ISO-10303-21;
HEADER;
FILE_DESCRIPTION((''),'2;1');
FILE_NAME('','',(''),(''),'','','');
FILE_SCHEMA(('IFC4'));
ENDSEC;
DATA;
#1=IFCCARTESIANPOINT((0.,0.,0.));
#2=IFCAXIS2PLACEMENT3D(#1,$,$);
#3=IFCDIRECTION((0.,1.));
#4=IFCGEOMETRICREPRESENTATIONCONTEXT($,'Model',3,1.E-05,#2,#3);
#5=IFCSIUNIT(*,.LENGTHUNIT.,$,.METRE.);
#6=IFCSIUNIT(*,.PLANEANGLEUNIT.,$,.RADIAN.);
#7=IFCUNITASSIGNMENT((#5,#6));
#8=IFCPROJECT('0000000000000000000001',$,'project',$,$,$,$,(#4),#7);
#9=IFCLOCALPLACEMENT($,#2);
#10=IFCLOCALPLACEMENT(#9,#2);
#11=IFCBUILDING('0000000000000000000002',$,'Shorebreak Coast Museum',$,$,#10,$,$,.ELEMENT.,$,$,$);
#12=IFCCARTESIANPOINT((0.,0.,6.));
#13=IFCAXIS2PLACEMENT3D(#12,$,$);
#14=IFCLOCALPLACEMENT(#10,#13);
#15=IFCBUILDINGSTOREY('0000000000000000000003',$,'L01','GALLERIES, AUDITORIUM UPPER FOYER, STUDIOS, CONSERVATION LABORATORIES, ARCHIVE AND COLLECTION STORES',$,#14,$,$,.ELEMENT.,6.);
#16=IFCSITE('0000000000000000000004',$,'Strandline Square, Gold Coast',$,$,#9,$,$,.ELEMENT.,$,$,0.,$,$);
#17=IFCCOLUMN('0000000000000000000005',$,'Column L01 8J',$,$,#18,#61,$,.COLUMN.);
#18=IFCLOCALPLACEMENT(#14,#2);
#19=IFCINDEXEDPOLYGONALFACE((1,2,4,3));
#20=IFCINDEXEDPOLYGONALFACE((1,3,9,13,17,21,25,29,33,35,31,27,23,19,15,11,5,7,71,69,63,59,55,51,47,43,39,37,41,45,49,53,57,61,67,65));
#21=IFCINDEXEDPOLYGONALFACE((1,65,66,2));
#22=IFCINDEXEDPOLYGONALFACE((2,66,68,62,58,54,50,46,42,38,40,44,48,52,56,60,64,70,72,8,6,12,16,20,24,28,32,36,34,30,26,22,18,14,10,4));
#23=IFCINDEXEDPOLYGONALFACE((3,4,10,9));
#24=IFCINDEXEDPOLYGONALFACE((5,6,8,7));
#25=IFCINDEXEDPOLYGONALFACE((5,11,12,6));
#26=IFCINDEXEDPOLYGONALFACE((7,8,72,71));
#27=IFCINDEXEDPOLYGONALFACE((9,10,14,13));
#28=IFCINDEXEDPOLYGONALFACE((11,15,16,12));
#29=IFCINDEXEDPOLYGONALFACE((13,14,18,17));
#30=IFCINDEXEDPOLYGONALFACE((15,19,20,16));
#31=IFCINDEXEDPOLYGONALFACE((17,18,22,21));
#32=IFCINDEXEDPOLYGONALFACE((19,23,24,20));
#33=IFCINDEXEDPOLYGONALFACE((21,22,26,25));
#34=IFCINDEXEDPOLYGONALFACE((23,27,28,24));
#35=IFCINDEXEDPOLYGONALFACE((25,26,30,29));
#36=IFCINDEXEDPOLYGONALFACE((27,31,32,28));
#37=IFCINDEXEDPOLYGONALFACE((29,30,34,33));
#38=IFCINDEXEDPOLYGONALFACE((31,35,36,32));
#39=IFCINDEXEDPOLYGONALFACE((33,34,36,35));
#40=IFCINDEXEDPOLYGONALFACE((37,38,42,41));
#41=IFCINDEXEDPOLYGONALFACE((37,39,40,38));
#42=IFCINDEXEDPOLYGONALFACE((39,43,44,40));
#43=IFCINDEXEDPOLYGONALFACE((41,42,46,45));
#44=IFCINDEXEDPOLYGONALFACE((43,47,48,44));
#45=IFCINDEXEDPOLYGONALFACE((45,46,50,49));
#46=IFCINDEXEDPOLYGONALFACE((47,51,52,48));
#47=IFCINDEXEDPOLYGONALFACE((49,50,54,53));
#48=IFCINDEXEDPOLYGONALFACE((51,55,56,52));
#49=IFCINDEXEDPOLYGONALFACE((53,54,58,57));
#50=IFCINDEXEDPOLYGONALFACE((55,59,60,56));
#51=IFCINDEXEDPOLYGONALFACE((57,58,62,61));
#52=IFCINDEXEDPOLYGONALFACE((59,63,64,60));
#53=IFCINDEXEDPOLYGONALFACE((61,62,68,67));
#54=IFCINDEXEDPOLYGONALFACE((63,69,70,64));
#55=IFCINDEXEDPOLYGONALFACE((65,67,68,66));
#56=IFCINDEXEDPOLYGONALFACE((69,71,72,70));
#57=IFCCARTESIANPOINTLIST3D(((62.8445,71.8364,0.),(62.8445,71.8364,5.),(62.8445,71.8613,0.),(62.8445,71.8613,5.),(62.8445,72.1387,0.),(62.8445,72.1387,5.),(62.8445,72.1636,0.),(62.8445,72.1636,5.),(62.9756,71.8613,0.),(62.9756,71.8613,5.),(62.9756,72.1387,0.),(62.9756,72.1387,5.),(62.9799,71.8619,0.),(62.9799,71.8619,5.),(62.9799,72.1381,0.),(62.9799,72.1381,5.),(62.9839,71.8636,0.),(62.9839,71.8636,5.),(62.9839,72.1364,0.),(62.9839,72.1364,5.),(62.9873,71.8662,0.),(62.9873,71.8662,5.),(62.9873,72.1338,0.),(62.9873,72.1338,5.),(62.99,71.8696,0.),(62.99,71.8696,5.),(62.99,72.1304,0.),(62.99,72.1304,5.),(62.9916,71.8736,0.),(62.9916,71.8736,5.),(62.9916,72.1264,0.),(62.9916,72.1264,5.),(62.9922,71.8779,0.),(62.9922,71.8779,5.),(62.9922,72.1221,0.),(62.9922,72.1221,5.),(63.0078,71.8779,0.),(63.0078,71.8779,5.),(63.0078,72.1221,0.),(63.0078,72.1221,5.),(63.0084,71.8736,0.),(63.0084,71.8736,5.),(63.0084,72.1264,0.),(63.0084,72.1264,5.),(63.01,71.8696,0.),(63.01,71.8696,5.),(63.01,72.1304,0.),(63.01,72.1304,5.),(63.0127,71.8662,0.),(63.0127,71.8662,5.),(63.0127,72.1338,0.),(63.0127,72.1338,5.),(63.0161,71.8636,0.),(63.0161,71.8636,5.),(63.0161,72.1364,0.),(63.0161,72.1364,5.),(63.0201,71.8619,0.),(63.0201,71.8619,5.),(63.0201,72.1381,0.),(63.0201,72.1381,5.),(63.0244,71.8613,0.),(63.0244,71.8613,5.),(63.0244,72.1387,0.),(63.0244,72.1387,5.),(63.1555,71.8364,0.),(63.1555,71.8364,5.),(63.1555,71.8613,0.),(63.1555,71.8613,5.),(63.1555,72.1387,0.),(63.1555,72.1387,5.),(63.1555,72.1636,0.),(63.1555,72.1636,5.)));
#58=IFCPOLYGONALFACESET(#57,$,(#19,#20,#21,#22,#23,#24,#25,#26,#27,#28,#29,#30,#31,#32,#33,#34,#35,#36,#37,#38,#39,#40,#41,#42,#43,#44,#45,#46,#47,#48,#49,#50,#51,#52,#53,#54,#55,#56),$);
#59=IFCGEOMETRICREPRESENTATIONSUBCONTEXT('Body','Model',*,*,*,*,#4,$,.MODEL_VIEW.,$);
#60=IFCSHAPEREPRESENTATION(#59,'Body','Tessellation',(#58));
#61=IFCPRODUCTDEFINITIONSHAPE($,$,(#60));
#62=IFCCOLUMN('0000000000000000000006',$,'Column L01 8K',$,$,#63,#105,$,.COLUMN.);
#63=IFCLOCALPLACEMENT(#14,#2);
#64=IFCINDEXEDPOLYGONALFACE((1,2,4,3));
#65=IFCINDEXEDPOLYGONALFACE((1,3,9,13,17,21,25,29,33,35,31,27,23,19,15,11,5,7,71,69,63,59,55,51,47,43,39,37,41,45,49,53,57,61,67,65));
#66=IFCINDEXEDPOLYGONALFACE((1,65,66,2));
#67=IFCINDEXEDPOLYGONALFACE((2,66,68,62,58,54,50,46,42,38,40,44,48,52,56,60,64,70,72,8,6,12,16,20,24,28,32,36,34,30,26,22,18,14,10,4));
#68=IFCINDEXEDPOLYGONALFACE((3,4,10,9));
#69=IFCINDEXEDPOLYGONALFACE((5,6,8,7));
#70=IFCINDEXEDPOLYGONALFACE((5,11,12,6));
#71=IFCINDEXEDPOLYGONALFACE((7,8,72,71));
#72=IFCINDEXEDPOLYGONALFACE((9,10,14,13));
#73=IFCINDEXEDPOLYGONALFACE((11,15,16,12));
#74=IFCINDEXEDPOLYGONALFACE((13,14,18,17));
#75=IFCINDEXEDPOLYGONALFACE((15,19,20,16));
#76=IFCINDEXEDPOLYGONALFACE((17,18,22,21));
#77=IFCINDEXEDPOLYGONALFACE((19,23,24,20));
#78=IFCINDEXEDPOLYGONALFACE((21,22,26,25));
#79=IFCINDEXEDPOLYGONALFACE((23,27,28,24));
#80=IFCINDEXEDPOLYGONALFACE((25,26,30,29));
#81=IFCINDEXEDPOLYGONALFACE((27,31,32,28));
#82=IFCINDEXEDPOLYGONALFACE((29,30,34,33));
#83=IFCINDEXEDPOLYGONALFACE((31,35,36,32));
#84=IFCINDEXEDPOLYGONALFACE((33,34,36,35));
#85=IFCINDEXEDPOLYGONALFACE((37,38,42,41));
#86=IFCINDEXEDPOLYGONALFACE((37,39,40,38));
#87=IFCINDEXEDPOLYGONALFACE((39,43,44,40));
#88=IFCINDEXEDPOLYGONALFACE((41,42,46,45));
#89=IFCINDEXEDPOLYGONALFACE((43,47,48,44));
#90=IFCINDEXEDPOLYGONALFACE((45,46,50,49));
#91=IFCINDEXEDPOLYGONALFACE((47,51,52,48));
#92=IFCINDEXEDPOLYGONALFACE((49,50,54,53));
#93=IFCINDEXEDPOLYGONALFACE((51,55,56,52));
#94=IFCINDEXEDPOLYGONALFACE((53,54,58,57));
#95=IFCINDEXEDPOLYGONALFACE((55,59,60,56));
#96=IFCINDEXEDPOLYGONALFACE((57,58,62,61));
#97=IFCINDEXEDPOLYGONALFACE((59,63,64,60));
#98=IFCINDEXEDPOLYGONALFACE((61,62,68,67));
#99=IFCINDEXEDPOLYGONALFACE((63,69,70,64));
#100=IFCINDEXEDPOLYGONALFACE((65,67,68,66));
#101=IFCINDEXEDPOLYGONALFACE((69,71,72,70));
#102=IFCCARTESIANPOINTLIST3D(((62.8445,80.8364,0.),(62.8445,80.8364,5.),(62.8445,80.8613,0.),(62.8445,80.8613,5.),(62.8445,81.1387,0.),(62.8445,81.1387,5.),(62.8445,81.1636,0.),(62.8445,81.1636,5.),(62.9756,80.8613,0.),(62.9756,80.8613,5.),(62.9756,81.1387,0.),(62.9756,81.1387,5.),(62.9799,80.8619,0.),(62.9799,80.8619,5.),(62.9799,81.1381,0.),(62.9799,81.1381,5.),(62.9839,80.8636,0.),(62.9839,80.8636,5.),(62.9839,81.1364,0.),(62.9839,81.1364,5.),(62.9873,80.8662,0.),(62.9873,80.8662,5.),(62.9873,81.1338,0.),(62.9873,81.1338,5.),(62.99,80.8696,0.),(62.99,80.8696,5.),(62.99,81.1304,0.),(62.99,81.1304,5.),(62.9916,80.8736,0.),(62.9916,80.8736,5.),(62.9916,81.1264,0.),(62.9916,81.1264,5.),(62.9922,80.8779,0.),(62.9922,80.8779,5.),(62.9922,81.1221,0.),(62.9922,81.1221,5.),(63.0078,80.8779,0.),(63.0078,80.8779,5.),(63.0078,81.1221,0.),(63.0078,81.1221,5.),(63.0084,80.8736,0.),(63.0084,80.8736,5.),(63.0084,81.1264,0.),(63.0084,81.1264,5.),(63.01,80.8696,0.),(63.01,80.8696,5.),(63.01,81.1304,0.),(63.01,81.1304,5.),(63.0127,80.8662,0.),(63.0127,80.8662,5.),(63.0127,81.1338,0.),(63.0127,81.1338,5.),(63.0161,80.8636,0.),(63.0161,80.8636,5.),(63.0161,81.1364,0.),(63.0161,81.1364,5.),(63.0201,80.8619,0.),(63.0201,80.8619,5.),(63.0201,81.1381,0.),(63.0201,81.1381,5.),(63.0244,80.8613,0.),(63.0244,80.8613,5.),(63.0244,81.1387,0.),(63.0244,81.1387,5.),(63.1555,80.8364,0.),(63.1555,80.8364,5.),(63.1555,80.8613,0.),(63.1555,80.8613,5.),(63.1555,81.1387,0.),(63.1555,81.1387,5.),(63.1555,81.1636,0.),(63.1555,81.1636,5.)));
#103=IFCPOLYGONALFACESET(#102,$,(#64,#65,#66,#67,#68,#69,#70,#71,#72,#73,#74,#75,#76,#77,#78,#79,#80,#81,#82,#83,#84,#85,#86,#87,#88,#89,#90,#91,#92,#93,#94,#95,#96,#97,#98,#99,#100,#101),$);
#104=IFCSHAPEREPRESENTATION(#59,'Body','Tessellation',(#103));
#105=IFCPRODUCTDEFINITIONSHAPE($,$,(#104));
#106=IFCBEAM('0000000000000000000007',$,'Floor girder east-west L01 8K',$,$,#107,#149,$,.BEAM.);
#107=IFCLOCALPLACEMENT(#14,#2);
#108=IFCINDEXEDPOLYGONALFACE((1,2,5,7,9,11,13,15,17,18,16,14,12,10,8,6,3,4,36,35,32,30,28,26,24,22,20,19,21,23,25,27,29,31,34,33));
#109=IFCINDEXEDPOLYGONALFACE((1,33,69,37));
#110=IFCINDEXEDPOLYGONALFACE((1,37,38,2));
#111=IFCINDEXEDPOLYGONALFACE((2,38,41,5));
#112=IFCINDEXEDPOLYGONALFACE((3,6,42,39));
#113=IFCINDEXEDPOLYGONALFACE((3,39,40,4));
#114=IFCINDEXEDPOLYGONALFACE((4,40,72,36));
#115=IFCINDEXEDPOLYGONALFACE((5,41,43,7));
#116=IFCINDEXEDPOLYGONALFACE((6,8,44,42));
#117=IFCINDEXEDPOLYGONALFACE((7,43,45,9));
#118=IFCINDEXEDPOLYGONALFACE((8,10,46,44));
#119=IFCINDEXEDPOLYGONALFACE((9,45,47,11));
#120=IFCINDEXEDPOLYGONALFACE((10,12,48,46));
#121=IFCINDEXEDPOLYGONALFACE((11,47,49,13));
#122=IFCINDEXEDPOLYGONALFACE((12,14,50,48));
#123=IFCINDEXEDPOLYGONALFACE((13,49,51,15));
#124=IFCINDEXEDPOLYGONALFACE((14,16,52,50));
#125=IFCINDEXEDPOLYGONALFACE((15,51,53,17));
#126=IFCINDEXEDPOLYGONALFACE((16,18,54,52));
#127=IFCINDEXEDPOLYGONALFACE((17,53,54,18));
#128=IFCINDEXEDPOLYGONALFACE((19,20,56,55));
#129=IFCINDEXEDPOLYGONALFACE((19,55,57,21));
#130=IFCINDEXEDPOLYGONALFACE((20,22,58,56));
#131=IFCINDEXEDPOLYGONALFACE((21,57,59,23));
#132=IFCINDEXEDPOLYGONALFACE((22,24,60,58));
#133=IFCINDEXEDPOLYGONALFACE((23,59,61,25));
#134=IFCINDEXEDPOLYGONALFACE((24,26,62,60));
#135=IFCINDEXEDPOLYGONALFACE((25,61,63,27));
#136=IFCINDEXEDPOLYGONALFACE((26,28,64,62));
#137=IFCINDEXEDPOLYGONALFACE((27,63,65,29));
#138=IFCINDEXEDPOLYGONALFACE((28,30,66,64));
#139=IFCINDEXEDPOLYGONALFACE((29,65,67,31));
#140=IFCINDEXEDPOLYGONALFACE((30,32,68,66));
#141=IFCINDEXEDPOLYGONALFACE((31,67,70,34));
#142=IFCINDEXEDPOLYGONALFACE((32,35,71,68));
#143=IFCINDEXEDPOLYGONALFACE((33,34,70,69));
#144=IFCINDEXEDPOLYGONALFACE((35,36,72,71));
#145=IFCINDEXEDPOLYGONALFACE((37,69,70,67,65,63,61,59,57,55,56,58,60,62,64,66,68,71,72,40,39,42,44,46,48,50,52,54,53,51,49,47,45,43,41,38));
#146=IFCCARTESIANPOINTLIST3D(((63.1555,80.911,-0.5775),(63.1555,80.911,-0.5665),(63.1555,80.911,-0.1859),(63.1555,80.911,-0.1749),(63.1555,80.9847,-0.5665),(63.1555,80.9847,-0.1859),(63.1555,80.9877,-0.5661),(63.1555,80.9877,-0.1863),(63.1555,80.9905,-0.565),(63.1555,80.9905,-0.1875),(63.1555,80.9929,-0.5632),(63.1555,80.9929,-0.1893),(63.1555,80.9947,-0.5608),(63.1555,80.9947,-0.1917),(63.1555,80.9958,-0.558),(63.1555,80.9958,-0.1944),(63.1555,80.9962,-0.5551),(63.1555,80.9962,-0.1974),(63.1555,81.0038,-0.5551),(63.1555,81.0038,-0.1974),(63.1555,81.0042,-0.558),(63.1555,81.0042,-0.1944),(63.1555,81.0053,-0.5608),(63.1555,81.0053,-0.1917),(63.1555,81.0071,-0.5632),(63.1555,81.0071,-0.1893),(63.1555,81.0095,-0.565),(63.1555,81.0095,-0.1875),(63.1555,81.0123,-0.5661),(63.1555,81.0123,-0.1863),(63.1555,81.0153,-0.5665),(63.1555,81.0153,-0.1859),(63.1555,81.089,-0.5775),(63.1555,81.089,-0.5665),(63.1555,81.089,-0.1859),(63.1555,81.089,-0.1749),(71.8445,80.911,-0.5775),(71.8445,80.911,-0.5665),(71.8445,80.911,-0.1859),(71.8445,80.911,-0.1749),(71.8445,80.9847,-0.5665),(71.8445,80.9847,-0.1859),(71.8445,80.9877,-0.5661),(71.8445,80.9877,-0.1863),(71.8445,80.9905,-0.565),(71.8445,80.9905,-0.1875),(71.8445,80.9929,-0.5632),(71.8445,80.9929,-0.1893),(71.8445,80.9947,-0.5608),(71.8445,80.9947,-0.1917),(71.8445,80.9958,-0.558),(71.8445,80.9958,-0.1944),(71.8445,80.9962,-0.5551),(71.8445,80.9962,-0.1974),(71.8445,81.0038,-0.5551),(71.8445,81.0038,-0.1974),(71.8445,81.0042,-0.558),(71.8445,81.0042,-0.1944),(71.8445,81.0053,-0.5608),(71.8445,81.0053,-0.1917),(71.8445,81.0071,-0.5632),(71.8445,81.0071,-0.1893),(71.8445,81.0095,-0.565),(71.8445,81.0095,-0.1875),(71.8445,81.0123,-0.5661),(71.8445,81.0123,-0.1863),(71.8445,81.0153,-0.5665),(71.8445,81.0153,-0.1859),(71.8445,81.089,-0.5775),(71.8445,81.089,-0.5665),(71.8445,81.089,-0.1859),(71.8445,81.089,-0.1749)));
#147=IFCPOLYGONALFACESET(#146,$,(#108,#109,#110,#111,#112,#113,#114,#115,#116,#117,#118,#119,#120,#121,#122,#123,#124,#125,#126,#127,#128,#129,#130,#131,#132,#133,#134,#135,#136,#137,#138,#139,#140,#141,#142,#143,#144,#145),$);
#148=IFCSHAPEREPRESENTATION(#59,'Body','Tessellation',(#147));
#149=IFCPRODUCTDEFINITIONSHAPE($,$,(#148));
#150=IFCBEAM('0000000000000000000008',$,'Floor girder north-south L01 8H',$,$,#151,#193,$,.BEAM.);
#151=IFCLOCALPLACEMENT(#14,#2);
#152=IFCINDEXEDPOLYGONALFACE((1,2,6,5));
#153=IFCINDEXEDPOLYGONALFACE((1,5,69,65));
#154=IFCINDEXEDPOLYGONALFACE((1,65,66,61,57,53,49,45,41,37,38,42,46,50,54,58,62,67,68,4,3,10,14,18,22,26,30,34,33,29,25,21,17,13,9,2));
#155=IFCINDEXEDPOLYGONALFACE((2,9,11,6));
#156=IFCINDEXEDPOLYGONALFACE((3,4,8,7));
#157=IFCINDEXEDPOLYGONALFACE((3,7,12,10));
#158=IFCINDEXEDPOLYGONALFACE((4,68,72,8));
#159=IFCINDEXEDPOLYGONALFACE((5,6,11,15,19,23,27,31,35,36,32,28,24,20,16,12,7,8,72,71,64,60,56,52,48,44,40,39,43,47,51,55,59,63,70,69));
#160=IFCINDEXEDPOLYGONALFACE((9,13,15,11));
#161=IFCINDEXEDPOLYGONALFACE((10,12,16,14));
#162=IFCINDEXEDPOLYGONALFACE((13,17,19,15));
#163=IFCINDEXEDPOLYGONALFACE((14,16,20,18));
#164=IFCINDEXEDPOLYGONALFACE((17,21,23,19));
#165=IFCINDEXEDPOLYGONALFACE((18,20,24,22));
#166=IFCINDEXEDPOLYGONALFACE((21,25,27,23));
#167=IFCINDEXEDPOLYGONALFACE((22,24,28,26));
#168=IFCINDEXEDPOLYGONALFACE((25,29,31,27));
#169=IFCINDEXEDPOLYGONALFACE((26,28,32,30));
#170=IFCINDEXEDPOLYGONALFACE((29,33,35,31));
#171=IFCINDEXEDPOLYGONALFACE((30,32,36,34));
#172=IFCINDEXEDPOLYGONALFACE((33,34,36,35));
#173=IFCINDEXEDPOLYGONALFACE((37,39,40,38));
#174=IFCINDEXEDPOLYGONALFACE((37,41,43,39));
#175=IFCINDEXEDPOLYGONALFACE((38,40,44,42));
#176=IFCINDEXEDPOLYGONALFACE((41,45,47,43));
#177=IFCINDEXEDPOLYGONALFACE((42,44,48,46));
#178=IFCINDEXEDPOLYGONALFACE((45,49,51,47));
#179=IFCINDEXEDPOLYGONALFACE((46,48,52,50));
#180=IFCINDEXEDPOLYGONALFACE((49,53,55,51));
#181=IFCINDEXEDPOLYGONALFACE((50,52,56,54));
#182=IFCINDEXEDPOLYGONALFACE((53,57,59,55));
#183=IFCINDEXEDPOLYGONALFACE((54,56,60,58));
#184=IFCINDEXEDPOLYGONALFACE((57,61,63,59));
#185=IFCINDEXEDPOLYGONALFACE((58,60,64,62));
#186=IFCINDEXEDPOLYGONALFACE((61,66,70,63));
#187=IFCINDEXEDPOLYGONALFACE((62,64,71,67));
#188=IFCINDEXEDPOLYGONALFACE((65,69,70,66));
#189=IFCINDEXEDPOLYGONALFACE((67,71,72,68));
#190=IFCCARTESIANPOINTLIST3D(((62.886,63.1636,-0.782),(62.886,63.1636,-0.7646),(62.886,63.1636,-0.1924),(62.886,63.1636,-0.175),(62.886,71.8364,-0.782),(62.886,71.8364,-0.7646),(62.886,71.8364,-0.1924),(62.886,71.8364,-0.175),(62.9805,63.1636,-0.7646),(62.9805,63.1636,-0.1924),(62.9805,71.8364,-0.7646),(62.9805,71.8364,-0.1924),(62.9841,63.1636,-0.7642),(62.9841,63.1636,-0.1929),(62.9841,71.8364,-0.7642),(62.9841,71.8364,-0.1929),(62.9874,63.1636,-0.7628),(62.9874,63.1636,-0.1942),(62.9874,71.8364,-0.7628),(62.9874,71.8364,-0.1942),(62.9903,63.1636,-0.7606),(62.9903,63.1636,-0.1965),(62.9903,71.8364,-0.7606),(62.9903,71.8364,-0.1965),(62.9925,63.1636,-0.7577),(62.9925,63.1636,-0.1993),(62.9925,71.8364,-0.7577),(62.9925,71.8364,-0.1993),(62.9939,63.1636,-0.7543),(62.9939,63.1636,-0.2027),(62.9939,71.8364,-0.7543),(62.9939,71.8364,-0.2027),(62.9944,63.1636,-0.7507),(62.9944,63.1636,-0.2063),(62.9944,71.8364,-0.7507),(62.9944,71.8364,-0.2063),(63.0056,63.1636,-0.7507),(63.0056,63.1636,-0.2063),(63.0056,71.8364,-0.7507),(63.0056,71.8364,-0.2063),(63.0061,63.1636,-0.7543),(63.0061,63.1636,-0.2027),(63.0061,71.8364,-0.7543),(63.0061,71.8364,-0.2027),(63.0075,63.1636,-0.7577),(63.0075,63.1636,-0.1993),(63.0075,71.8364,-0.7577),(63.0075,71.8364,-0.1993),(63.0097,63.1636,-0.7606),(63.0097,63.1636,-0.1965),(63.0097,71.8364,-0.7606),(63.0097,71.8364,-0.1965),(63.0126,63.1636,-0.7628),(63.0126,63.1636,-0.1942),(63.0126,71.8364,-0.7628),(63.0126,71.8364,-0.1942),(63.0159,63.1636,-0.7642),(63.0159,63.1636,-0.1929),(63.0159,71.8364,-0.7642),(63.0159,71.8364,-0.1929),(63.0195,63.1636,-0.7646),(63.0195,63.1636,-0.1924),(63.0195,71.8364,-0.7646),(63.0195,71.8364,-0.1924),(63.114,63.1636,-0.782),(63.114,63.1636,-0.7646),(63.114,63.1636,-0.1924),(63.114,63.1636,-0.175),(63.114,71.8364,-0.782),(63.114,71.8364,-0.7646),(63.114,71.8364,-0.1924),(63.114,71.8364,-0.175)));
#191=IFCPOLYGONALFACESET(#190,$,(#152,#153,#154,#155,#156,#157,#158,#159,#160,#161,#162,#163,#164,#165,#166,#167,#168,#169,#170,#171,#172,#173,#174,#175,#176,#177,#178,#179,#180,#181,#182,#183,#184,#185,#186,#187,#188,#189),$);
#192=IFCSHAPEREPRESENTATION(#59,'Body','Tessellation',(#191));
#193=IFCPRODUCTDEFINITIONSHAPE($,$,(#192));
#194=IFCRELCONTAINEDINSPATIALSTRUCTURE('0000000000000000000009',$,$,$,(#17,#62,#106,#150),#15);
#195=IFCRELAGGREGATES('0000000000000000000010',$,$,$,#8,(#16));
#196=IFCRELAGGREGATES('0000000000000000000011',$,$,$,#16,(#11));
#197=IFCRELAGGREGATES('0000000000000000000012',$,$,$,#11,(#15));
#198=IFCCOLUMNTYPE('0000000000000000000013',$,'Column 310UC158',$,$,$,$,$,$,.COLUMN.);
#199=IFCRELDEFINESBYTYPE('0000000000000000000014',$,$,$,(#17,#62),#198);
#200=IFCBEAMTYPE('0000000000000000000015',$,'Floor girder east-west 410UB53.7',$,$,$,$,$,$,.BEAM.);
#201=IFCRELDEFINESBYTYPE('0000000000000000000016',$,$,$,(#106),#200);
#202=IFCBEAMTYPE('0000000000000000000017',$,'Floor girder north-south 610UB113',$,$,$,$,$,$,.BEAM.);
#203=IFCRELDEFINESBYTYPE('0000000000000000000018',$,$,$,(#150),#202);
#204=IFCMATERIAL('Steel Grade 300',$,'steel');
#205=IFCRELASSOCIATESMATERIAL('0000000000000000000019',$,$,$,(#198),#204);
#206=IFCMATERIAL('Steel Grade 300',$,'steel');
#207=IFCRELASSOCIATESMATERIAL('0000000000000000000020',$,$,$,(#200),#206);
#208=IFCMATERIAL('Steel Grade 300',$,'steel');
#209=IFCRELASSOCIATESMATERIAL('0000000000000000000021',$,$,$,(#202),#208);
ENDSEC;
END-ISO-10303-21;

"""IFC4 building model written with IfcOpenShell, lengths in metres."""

from ifc_helpers import new_model, si_unit, direction, frame, origin, origin_2d, place, context, subcontext, project, spatial, i_section, extrude, material, material_profile, profile_set, type_object, element, save


model = new_model("IFC4")

# Units and contexts
model_context = context("Model", 3, precision=1e-05, world=origin(), true_north=direction((0.0, 1.0)))
body_context = subcontext(model_context, "Body", "Model", "MODEL_VIEW")
ifc_project = project(units=[si_unit("LENGTHUNIT", "METRE"), si_unit("PLANEANGLEUNIT", "RADIAN")], contexts=[model_context])

# Site, building, storey
site_placement = place(None, origin())
site = spatial("IfcSite", under=ifc_project, at=site_placement, Name="Strandline Square, Gold Coast", CompositionType="ELEMENT", RefElevation=0.0)
building_placement = place(site_placement, origin())
building = spatial("IfcBuilding", under=site, at=building_placement, Name="Shorebreak Coast Museum", CompositionType="ELEMENT")
storey_placement = place(building_placement, frame((0.0, 0.0, 6.0)))
storey = spatial("IfcBuildingStorey", under=building, at=storey_placement, Name="L01", Description="GALLERIES, AUDITORIUM UPPER FOYER, STUDIOS, CONSERVATION LABORATORIES, ARCHIVE AND COLLECTION STORES", CompositionType="ELEMENT", Elevation=6.0)

# Columns
ifc_material_1 = material(Name="Steel Grade 300", Category="steel")
ifc_material_profile_1 = material_profile(ifc_material_1, i_section(OverallWidth=0.311, OverallDepth=0.3271, WebThickness=0.0156, FlangeThickness=0.0249, FilletRadius=0.0166, at=origin_2d()), Name="310UC158")
ifc_profile_set_1 = profile_set([ifc_material_profile_1], Name="Steel Grade 300")
column_type = type_object("IfcColumnType", Name="Column 310UC158", PredefinedType="COLUMN", material=ifc_profile_set_1)
for number, where, z_axis, x_axis, name in (
    (1, (63.0, 72.0, 0.0), (0.0, 0.0, 1.0), (1.0, 0.0, 0.0), "Column L01 8J"),
    (2, (63.0, 81.0, 0.0), (0.0, 0.0, 1.0), (1.0, 0.0, 0.0), "Column L01 8K"),
):
    element("IfcColumn", number, at=place(storey_placement, frame(where, z_axis=z_axis, x_axis=x_axis)), inside=storey, type_object=column_type, Name=name, PredefinedType="COLUMN", context=body_context, shape_type="SweptSolid", body=[
        extrude(i_section(OverallWidth=0.311, OverallDepth=0.3271, WebThickness=0.0156, FlangeThickness=0.0249, FilletRadius=0.0166, at=origin_2d()), origin(), (0.0, 0.0, 1.0), 5.0),
    ])

# Beams
ifc_material_2 = material(Name="Steel Grade 300", Category="steel")
ifc_material_profile_2 = material_profile(ifc_material_2, i_section(OverallWidth=0.178, OverallDepth=0.4026, WebThickness=0.0076, FlangeThickness=0.011, FilletRadius=0.0115, at=origin_2d()), Name="410UB53.7")
ifc_profile_set_2 = profile_set([ifc_material_profile_2], Name="Steel Grade 300")
beam_type_1 = type_object("IfcBeamType", Name="Floor girder east-west 410UB53.7", PredefinedType="BEAM", material=ifc_profile_set_2)
beam_placement = place(storey_placement, frame((63.1555, 81.0, -0.3762), z_axis=(1.0, 0.0, 0.0), x_axis=(0.0, 1.0, 0.0)))
element("IfcBeam", 3, at=beam_placement, inside=storey, type_object=beam_type_1, Name="Floor girder east-west L01 8K", PredefinedType="BEAM", context=body_context, shape_type="SweptSolid", body=[
    extrude(i_section(OverallWidth=0.178, OverallDepth=0.4026, WebThickness=0.0076, FlangeThickness=0.011, FilletRadius=0.0115, at=origin_2d()), origin(), (0.0, 0.0, 1.0), 8.689),
])
ifc_material_3 = material(Name="Steel Grade 300", Category="steel")
ifc_material_profile_3 = material_profile(ifc_material_3, i_section(OverallWidth=0.228, OverallDepth=0.6069, WebThickness=0.0112, FlangeThickness=0.0173, FilletRadius=0.0139, at=origin_2d()), Name="610UB113")
ifc_profile_set_3 = profile_set([ifc_material_profile_3], Name="Steel Grade 300")
beam_type_2 = type_object("IfcBeamType", Name="Floor girder north-south 610UB113", PredefinedType="BEAM", material=ifc_profile_set_3)
for number, where, z_axis, x_axis, name in (
    (4, (63.0, 63.1636, -0.4785), (0.0, 1.0, 0.0), (-1.0, 0.0, 0.0), "Floor girder north-south L01 8H"),
):
    element("IfcBeam", number, at=place(storey_placement, frame(where, z_axis=z_axis, x_axis=x_axis)), inside=storey, type_object=beam_type_2, Name=name, PredefinedType="BEAM", context=body_context, shape_type="SweptSolid", body=[
        extrude(i_section(OverallWidth=0.228, OverallDepth=0.6069, WebThickness=0.0112, FlangeThickness=0.0173, FilletRadius=0.0139, at=origin_2d()), origin(), (0.0, 0.0, 1.0), 8.6729),
    ])

save(model, "model.ifc")
